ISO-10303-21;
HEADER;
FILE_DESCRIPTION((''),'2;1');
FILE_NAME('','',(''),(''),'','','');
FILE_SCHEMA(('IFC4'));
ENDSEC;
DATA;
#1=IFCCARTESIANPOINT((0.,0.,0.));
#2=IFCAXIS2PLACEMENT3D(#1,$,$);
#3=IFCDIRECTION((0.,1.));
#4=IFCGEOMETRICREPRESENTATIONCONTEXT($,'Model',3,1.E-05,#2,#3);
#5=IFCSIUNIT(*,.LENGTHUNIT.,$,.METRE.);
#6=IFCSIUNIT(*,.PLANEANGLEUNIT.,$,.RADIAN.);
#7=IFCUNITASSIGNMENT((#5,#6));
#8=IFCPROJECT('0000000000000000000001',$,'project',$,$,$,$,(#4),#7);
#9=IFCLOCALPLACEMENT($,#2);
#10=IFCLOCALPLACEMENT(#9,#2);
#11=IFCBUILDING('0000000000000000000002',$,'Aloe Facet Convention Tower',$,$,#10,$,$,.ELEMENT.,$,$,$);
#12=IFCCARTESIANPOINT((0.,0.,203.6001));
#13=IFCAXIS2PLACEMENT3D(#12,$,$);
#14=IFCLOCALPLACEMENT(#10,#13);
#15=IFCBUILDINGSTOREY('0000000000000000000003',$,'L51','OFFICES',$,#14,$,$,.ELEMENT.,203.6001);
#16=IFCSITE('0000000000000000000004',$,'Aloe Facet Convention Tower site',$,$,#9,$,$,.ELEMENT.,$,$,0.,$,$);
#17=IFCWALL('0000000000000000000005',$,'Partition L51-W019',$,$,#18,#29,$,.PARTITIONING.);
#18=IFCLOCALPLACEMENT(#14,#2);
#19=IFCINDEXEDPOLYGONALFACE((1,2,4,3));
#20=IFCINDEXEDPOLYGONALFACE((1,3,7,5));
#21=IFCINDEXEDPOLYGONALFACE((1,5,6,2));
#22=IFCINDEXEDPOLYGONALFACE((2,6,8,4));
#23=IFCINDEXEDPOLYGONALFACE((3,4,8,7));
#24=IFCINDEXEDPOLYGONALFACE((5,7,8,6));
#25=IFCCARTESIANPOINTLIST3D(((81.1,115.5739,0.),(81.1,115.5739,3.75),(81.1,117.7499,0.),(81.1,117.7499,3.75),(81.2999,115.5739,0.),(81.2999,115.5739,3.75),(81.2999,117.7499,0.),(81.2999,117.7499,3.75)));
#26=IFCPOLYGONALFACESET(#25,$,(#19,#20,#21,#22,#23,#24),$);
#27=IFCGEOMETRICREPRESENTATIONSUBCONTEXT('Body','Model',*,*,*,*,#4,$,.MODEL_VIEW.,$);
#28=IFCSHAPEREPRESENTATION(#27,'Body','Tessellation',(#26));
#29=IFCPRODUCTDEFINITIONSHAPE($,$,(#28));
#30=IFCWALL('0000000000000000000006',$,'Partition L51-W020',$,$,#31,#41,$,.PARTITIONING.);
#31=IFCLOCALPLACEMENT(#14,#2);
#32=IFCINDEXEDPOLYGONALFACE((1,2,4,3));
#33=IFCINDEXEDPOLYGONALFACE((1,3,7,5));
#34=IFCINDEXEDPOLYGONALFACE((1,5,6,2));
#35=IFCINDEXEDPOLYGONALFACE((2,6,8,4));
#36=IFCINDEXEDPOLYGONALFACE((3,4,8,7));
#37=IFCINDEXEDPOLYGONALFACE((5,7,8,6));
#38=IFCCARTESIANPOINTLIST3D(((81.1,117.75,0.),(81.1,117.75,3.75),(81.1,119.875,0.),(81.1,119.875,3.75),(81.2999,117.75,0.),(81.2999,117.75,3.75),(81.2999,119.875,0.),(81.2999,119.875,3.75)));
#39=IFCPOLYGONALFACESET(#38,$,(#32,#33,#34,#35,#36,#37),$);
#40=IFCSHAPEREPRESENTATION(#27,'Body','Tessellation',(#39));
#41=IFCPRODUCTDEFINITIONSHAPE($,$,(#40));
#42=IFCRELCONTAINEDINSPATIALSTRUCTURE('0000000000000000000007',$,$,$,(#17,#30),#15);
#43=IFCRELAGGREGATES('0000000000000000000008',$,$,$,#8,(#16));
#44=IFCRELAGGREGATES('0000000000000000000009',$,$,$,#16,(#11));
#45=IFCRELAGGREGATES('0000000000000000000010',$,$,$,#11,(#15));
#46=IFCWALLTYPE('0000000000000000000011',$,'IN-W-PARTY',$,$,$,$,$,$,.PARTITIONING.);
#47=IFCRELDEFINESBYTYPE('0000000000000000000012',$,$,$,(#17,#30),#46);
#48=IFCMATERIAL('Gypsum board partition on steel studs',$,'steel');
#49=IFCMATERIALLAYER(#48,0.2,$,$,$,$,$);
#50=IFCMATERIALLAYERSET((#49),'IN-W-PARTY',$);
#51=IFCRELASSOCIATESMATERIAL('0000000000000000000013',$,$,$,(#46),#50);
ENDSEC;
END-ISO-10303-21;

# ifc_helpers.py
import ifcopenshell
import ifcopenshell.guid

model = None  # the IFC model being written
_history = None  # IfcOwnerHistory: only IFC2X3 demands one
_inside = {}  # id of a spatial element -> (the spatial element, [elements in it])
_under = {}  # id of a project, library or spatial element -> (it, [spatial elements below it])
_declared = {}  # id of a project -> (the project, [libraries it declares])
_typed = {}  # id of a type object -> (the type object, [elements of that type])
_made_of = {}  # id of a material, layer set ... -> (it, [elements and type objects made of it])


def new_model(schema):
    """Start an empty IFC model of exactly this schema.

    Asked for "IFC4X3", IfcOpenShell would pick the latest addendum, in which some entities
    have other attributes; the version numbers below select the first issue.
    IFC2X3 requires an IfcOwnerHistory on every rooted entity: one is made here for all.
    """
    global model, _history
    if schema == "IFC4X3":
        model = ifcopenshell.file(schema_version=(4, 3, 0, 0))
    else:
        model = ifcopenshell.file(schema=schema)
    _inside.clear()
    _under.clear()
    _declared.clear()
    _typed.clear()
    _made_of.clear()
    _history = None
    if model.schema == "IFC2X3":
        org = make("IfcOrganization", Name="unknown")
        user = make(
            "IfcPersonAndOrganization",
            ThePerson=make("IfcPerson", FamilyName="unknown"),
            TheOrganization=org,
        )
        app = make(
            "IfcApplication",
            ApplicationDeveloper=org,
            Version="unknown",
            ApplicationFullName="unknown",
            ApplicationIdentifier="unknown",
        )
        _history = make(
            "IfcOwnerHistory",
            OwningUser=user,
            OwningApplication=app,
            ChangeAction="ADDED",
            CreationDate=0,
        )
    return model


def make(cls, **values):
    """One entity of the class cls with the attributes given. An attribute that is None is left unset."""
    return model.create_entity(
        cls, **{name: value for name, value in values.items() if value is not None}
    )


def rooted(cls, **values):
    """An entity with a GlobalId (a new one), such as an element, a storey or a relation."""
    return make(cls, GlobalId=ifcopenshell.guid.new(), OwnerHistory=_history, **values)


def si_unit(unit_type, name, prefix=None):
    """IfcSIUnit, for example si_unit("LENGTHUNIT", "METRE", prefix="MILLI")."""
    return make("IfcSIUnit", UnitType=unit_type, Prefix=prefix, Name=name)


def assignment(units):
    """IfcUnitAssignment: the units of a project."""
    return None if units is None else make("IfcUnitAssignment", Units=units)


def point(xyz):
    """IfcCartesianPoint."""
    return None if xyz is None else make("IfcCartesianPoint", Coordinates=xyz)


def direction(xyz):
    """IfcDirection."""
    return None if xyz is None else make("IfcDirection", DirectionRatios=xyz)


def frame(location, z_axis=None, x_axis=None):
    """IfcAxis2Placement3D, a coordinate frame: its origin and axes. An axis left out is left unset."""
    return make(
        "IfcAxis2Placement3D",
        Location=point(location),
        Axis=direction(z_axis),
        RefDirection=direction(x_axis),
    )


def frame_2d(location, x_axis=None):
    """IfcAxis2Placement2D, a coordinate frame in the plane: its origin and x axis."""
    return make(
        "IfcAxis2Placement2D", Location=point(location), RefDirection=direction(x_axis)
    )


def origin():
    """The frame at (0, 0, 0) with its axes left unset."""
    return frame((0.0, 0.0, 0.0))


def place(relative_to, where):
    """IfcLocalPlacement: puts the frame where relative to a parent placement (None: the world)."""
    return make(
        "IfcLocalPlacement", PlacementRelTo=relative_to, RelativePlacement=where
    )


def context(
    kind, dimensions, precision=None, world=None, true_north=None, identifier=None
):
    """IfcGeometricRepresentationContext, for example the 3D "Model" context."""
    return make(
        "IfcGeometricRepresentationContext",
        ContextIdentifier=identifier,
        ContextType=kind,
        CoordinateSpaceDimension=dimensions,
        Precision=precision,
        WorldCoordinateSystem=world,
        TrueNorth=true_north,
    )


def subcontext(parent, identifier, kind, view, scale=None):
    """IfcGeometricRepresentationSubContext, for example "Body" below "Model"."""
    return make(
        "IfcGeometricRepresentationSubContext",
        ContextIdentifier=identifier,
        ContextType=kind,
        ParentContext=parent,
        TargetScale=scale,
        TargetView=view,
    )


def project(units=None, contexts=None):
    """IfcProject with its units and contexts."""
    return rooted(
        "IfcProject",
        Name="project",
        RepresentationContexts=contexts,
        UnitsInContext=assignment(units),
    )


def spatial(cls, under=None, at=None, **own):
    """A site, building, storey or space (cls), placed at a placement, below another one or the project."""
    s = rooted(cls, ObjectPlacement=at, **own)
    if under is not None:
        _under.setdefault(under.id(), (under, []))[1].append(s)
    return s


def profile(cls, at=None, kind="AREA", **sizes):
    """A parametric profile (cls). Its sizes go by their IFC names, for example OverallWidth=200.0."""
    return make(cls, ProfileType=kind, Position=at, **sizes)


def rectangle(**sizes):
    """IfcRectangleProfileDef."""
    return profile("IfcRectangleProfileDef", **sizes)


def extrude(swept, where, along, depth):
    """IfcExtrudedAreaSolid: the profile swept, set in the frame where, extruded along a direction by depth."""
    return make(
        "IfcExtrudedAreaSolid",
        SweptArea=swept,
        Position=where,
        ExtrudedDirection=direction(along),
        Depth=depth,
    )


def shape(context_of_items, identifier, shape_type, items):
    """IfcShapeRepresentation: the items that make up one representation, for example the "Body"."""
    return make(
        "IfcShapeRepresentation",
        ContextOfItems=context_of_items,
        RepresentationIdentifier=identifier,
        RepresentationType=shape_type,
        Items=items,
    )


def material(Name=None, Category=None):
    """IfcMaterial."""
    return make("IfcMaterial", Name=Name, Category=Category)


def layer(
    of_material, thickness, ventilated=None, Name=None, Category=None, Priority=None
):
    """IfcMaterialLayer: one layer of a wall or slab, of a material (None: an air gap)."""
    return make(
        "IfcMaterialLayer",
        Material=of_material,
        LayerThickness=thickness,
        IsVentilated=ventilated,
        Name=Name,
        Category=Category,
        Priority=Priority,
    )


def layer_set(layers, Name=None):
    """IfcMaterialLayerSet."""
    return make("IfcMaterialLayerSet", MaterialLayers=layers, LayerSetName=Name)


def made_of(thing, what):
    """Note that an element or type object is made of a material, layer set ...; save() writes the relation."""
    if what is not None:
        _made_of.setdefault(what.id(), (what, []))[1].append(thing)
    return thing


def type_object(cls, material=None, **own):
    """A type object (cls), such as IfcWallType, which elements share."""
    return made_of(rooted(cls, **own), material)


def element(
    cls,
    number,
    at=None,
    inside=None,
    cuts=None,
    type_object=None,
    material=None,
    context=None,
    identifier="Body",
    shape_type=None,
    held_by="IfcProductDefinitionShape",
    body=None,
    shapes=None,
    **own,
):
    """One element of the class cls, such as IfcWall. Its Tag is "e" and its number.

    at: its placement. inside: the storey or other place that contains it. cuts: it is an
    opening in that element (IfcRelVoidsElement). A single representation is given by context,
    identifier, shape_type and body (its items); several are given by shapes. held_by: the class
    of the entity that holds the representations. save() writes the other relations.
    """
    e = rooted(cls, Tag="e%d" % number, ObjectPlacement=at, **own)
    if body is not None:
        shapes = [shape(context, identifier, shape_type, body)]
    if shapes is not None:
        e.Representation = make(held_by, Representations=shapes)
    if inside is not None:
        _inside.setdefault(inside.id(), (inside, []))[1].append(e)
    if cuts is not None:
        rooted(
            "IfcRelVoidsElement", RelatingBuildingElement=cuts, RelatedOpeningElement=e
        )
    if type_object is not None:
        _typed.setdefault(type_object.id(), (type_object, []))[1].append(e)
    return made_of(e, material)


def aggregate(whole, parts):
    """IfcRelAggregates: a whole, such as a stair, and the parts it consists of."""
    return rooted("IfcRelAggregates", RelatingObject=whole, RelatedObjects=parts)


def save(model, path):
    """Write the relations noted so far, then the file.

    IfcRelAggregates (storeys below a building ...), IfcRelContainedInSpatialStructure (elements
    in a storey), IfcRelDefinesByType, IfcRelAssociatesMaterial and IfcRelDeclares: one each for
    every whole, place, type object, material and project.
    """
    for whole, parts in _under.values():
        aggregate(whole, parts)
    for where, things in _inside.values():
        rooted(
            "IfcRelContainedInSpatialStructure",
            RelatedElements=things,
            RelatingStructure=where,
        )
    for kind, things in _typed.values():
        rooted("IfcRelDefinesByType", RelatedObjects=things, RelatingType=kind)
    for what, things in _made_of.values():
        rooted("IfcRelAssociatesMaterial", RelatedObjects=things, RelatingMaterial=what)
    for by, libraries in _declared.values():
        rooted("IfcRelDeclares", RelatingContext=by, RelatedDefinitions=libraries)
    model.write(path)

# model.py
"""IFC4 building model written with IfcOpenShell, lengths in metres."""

from ifc_helpers import new_model, si_unit, direction, frame, frame_2d, origin, place, context, subcontext, project, spatial, rectangle, extrude, material, layer, layer_set, type_object, element, save


model = new_model("IFC4")

# Units and contexts
model_context = context("Model", 3, precision=1e-05, world=origin(), true_north=direction((0.0, 1.0)))
body_context = subcontext(model_context, "Body", "Model", "MODEL_VIEW")
ifc_project = project(units=[si_unit("LENGTHUNIT", "METRE"), si_unit("PLANEANGLEUNIT", "RADIAN")], contexts=[model_context])

# Site, building, storey
site_placement = place(None, origin())
site = spatial("IfcSite", under=ifc_project, at=site_placement, Name="Aloe Facet Convention Tower site", CompositionType="ELEMENT", RefElevation=0.0)
building_placement = place(site_placement, origin())
building = spatial("IfcBuilding", under=site, at=building_placement, Name="Aloe Facet Convention Tower", CompositionType="ELEMENT")
storey_placement = place(building_placement, frame((0.0, 0.0, 203.6001)))
storey = spatial("IfcBuildingStorey", under=building, at=storey_placement, Name="L51", Description="OFFICES", CompositionType="ELEMENT", Elevation=203.6001)

# Walls
ifc_material_1 = material(Name="Gypsum board partition on steel studs", Category="steel")
ifc_layer_1 = layer(ifc_material_1, 0.2)
ifc_layer_set_1 = layer_set([ifc_layer_1], Name="IN-W-PARTY")
wall_type_1 = type_object("IfcWallType", Name="IN-W-PARTY", PredefinedType="PARTITIONING", material=ifc_layer_set_1)
wall_1_placement = place(storey_placement, frame((81.2, 115.574, 0.0), z_axis=(0.0, 0.0, 1.0), x_axis=(0.0, 1.0, 0.0)))
element("IfcWall", 1, at=wall_1_placement, inside=storey, type_object=wall_type_1, Name="Partition L51-W019", PredefinedType="PARTITIONING", context=body_context, shape_type="SweptSolid", body=[
    extrude(rectangle(XDim=2.176, YDim=0.2, at=frame_2d((1.0879, 0.0))), origin(), (0.0, 0.0, 1.0), 3.75),
])
wall_2_placement = place(storey_placement, frame((81.2, 117.75, 0.0), z_axis=(0.0, 0.0, 1.0), x_axis=(0.0, 1.0, 0.0)))
element("IfcWall", 2, at=wall_2_placement, inside=storey, type_object=wall_type_1, Name="Partition L51-W020", PredefinedType="PARTITIONING", context=body_context, shape_type="SweptSolid", body=[
    extrude(rectangle(XDim=2.125, YDim=0.2, at=frame_2d((1.0625, 0.0))), origin(), (0.0, 0.0, 1.0), 3.75),
])

save(model, "model.ifc")
